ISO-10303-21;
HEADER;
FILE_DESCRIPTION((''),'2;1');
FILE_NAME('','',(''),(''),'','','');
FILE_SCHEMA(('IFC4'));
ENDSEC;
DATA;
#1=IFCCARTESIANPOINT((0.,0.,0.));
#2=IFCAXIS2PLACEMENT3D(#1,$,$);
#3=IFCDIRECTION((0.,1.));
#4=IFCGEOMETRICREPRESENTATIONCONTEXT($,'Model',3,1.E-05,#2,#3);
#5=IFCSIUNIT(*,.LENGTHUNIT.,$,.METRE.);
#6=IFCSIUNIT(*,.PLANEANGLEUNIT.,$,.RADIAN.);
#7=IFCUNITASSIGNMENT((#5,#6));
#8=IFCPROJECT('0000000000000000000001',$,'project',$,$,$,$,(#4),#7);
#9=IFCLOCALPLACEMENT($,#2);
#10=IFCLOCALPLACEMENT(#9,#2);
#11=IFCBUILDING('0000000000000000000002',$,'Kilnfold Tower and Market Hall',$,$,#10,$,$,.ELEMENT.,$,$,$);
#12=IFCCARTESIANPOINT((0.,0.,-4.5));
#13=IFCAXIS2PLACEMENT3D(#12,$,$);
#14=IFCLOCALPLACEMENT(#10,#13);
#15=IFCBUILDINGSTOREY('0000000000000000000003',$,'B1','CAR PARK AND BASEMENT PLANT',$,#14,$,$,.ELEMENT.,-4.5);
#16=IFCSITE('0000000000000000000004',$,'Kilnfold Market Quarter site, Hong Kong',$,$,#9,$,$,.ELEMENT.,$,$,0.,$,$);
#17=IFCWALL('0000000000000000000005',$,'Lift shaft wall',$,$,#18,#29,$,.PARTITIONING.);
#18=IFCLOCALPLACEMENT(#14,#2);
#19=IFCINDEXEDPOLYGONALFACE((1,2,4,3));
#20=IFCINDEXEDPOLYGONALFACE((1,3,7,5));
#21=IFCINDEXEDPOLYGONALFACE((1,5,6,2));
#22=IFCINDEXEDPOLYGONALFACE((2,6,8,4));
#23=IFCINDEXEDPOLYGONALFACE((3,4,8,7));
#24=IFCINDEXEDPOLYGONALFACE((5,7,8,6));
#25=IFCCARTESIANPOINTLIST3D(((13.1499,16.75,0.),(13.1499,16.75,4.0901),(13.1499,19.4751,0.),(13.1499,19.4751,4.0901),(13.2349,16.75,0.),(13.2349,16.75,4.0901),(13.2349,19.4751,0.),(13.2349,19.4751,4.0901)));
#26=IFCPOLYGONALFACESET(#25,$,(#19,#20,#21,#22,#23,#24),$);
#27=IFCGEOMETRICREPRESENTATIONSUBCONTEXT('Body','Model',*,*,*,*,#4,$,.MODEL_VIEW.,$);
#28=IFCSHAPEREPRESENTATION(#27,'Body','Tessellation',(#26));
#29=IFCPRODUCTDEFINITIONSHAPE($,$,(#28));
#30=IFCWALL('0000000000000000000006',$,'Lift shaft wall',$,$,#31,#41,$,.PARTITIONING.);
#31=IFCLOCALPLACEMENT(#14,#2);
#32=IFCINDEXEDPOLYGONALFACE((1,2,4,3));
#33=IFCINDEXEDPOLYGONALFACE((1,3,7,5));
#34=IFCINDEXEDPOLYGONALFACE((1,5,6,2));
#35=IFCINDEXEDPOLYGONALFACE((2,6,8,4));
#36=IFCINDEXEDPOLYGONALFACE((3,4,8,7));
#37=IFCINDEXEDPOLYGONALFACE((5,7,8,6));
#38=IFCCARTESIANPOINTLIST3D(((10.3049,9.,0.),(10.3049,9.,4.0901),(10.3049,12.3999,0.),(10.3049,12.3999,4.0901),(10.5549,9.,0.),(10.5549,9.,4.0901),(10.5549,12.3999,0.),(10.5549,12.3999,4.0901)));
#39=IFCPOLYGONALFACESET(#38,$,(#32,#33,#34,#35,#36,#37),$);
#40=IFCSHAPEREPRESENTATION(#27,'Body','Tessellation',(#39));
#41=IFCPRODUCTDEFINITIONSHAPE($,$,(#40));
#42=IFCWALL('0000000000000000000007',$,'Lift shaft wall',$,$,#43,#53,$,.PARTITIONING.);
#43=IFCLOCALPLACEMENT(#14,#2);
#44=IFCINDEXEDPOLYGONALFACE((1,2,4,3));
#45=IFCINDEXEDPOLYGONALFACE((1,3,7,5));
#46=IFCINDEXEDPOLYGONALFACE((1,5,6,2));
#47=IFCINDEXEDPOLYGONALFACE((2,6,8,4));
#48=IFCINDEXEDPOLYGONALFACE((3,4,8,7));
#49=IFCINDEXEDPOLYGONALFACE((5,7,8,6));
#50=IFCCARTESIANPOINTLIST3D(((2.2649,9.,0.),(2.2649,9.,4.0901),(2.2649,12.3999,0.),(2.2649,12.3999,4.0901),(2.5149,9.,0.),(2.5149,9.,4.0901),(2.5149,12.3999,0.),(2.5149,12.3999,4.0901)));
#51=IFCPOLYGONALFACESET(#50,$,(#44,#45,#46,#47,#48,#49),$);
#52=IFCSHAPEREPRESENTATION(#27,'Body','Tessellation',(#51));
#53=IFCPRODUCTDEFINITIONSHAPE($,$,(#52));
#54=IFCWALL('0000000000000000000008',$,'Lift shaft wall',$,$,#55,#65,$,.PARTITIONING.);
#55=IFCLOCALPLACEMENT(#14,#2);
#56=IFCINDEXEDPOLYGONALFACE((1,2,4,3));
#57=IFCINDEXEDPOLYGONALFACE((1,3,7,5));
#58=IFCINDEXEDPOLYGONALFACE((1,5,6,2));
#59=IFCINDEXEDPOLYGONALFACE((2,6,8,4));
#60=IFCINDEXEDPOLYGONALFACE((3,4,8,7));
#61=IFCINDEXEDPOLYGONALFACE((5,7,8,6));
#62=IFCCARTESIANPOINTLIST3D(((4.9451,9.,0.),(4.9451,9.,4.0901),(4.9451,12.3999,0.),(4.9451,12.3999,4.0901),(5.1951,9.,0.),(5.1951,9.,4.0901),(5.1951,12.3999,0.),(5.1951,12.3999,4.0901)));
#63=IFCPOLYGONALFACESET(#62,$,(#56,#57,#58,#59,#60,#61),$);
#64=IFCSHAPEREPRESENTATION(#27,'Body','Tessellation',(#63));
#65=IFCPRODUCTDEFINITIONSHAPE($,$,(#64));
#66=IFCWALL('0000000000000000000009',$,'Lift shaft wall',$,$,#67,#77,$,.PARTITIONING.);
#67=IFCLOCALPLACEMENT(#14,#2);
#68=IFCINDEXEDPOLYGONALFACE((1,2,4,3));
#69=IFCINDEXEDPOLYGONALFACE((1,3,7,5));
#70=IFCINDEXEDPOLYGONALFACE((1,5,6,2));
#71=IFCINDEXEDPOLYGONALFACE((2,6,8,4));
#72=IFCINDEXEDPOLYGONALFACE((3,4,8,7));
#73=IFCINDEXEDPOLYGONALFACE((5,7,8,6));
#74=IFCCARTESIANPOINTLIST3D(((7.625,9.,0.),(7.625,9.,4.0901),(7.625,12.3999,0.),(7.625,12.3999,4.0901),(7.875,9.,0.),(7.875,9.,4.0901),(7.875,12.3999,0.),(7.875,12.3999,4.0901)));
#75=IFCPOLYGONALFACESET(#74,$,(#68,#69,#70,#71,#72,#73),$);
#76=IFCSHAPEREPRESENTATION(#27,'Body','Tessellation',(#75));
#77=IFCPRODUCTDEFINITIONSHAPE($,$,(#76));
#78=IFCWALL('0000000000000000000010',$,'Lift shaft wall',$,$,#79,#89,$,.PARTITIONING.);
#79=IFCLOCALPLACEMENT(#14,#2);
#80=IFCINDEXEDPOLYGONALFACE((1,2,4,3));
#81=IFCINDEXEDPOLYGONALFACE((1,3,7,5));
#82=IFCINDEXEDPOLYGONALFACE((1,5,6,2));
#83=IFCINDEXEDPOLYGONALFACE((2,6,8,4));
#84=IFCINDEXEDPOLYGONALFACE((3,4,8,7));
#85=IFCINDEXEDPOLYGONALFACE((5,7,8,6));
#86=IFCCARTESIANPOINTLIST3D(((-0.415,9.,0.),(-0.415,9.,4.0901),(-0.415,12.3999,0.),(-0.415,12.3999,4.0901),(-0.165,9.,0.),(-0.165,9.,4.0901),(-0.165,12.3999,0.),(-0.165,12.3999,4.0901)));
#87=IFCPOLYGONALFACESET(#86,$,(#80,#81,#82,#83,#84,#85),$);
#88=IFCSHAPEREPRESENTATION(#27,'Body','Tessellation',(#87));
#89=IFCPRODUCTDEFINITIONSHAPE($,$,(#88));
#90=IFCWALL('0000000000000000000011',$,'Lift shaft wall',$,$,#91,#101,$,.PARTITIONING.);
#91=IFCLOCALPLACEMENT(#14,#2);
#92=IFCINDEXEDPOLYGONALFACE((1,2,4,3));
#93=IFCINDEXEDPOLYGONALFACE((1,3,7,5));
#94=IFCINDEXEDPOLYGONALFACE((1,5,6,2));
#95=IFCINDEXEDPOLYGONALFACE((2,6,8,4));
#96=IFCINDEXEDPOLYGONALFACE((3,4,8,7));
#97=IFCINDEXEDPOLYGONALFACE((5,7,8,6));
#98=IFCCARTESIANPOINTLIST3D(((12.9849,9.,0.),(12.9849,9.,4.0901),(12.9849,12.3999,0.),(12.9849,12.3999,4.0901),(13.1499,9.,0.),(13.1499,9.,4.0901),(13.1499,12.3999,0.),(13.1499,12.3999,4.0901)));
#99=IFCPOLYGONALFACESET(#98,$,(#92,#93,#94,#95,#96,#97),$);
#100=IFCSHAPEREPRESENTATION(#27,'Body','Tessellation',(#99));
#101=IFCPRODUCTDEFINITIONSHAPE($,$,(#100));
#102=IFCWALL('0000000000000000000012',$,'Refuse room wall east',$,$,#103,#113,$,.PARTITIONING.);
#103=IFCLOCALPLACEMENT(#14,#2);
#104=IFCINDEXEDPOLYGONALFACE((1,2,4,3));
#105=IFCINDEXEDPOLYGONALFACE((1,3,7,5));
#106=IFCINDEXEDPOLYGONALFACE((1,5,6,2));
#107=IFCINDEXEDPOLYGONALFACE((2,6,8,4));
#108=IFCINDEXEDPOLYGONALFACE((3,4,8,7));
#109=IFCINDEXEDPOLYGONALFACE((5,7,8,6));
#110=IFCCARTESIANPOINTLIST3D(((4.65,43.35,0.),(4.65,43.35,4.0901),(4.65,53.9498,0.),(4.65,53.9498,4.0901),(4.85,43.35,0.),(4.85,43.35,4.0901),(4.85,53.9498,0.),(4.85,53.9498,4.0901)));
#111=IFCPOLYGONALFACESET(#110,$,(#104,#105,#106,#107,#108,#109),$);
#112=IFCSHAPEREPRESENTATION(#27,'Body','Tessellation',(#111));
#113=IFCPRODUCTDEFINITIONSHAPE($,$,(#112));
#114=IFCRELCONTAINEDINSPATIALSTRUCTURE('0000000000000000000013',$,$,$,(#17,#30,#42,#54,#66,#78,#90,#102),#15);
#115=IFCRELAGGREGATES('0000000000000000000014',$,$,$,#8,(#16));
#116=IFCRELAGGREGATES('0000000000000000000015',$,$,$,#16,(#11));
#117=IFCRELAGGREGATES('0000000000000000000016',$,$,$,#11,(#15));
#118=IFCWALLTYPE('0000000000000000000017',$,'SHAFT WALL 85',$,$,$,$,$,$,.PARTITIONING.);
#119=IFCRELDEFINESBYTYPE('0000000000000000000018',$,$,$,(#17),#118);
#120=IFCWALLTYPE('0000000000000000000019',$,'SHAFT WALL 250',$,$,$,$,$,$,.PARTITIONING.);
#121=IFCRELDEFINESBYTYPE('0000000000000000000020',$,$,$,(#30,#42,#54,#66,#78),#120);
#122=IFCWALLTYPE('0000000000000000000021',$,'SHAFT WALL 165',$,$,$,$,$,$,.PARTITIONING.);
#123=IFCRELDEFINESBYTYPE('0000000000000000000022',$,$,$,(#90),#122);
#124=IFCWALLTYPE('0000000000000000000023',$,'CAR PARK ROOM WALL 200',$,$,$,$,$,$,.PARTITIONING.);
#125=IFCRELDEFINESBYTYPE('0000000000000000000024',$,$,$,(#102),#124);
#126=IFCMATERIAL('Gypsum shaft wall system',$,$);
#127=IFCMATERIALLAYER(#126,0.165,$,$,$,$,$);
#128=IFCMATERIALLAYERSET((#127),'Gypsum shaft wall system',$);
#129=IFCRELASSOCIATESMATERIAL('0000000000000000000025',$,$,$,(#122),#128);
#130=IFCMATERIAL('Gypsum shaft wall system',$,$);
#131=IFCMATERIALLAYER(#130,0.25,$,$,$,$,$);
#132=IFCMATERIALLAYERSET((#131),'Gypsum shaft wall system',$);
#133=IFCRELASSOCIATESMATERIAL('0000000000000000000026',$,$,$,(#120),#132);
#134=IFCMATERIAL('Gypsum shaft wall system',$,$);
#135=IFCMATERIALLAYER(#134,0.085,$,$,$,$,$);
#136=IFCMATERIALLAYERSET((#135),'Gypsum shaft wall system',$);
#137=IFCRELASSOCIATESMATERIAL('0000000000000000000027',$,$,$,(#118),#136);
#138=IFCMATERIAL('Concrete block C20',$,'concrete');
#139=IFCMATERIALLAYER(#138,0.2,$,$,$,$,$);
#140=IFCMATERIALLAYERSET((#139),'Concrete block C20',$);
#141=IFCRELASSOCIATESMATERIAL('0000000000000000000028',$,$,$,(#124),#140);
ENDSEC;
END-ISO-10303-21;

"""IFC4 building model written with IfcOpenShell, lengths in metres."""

from ifc_helpers import new_model, si_unit, direction, frame, frame_2d, origin, place, context, subcontext, project, spatial, rectangle, extrude, source, transform, mapped, material, layer, layer_set, type_object, element, save


model = new_model("IFC4")

# Units and contexts
model_context = context("Model", 3, precision=1e-05, world=origin(), true_north=direction((0.0, 1.0)))
body_context = subcontext(model_context, "Body", "Model", "MODEL_VIEW")
ifc_project = project(units=[si_unit("LENGTHUNIT", "METRE"), si_unit("PLANEANGLEUNIT", "RADIAN")], contexts=[model_context])

# Site, building, storey
site_placement = place(None, origin())
site = spatial("IfcSite", under=ifc_project, at=site_placement, Name="Kilnfold Market Quarter site, Hong Kong", CompositionType="ELEMENT", RefElevation=0.0)
building_placement = place(site_placement, origin())
building = spatial("IfcBuilding", under=site, at=building_placement, Name="Kilnfold Tower and Market Hall", CompositionType="ELEMENT")
storey_placement = place(building_placement, frame((0.0, 0.0, -4.5)))
storey = spatial("IfcBuildingStorey", under=building, at=storey_placement, Name="B1", Description="CAR PARK AND BASEMENT PLANT", CompositionType="ELEMENT", Elevation=-4.5)

# Walls
ifc_material_1 = material(Name="Gypsum shaft wall system")
ifc_layer_1 = layer(ifc_material_1, 0.165)
ifc_layer_set_1 = layer_set([ifc_layer_1], Name="Gypsum shaft wall system")
wall_type_1 = type_object("IfcWallType", Name="SHAFT WALL 165", PredefinedType="PARTITIONING", material=ifc_layer_set_1)
ifc_material_2 = material(Name="Gypsum shaft wall system")
ifc_layer_2 = layer(ifc_material_2, 0.25)
ifc_layer_set_2 = layer_set([ifc_layer_2], Name="Gypsum shaft wall system")
wall_type_2 = type_object("IfcWallType", Name="SHAFT WALL 250", PredefinedType="PARTITIONING", material=ifc_layer_set_2)
ifc_material_3 = material(Name="Gypsum shaft wall system")
ifc_layer_3 = layer(ifc_material_3, 0.085)
ifc_layer_set_3 = layer_set([ifc_layer_3], Name="Gypsum shaft wall system")
wall_type_3 = type_object("IfcWallType", Name="SHAFT WALL 85", PredefinedType="PARTITIONING", material=ifc_layer_set_3)
shared_shape_1 = source(origin(), body_context, "Body", "SweptSolid", [
    extrude(rectangle(XDim=2.7251, YDim=0.085, at=frame_2d((1.3625, 0.0))), origin(), (0.0, 0.0, 1.0), 4.0901),
])
wall_1_placement = place(storey_placement, frame((13.1924, 16.75, 0.0), z_axis=(0.0, 0.0, 1.0), x_axis=(0.0, 1.0, 0.0)))
element("IfcWall", 1, at=wall_1_placement, inside=storey, type_object=wall_type_3, Name="Lift shaft wall", PredefinedType="PARTITIONING", context=body_context, shape_type="MappedRepresentation", body=[
    mapped(shared_shape_1, transform((0.0, 0.0, 0.0))),
])
shared_shape_2 = source(origin(), body_context, "Body", "SweptSolid", [
    extrude(rectangle(XDim=3.3999, YDim=0.25, at=frame_2d((1.7, 0.0))), origin(), (0.0, 0.0, 1.0), 4.0901),
])
for number, where, z_axis, x_axis, name in (
    (2, (10.4299, 9.0, 0.0), (0.0, 0.0, 1.0), (0.0, 1.0, 0.0), "Lift shaft wall"),
    (3, (2.3899, 9.0, 0.0), (0.0, 0.0, 1.0), (0.0, 1.0, 0.0), "Lift shaft wall"),
    (4, (5.0701, 9.0, 0.0), (0.0, 0.0, 1.0), (0.0, 1.0, 0.0), "Lift shaft wall"),
    (5, (7.75, 9.0, 0.0), (0.0, 0.0, 1.0), (0.0, 1.0, 0.0), "Lift shaft wall"),
    (6, (-0.29, 9.0, 0.0), (0.0, 0.0, 1.0), (0.0, 1.0, 0.0), "Lift shaft wall"),
):
    element("IfcWall", number, at=place(storey_placement, frame(where, z_axis=z_axis, x_axis=x_axis)), inside=storey, type_object=wall_type_2, Name=name, PredefinedType="PARTITIONING", context=body_context, shape_type="MappedRepresentation", body=[
        mapped(shared_shape_2, transform((0.0, 0.0, 0.0))),
    ])
shared_shape_3 = source(origin(), body_context, "Body", "SweptSolid", [
    extrude(rectangle(XDim=3.3999, YDim=0.165, at=frame_2d((1.7, 0.0))), origin(), (0.0, 0.0, 1.0), 4.0901),
])
wall_2_placement = place(storey_placement, frame((13.0674, 9.0, 0.0), z_axis=(0.0, 0.0, 1.0), x_axis=(0.0, 1.0, 0.0)))
element("IfcWall", 7, at=wall_2_placement, inside=storey, type_object=wall_type_1, Name="Lift shaft wall", PredefinedType="PARTITIONING", context=body_context, shape_type="MappedRepresentation", body=[
    mapped(shared_shape_3, transform((0.0, 0.0, 0.0))),
])
ifc_material_4 = material(Name="Concrete block C20", Category="concrete")
ifc_layer_4 = layer(ifc_material_4, 0.2)
ifc_layer_set_4 = layer_set([ifc_layer_4], Name="Concrete block C20")
wall_type_4 = type_object("IfcWallType", Name="CAR PARK ROOM WALL 200", PredefinedType="PARTITIONING", material=ifc_layer_set_4)
shared_shape_4 = source(origin(), body_context, "Body", "SweptSolid", [
    extrude(rectangle(XDim=10.5999, YDim=0.2, at=frame_2d((5.2998, 0.0))), origin(), (0.0, 0.0, 1.0), 4.0901),
])
wall_3_placement = place(storey_placement, frame((4.75, 43.3501, 0.0), z_axis=(0.0, 0.0, 1.0), x_axis=(0.0, 1.0, 0.0)))
element("IfcWall", 8, at=wall_3_placement, inside=storey, type_object=wall_type_4, Name="Refuse room wall east", PredefinedType="PARTITIONING", context=body_context, shape_type="MappedRepresentation", body=[
    mapped(shared_shape_4, transform((0.0, 0.0, 0.0))),
])

save(model, "model.ifc")
